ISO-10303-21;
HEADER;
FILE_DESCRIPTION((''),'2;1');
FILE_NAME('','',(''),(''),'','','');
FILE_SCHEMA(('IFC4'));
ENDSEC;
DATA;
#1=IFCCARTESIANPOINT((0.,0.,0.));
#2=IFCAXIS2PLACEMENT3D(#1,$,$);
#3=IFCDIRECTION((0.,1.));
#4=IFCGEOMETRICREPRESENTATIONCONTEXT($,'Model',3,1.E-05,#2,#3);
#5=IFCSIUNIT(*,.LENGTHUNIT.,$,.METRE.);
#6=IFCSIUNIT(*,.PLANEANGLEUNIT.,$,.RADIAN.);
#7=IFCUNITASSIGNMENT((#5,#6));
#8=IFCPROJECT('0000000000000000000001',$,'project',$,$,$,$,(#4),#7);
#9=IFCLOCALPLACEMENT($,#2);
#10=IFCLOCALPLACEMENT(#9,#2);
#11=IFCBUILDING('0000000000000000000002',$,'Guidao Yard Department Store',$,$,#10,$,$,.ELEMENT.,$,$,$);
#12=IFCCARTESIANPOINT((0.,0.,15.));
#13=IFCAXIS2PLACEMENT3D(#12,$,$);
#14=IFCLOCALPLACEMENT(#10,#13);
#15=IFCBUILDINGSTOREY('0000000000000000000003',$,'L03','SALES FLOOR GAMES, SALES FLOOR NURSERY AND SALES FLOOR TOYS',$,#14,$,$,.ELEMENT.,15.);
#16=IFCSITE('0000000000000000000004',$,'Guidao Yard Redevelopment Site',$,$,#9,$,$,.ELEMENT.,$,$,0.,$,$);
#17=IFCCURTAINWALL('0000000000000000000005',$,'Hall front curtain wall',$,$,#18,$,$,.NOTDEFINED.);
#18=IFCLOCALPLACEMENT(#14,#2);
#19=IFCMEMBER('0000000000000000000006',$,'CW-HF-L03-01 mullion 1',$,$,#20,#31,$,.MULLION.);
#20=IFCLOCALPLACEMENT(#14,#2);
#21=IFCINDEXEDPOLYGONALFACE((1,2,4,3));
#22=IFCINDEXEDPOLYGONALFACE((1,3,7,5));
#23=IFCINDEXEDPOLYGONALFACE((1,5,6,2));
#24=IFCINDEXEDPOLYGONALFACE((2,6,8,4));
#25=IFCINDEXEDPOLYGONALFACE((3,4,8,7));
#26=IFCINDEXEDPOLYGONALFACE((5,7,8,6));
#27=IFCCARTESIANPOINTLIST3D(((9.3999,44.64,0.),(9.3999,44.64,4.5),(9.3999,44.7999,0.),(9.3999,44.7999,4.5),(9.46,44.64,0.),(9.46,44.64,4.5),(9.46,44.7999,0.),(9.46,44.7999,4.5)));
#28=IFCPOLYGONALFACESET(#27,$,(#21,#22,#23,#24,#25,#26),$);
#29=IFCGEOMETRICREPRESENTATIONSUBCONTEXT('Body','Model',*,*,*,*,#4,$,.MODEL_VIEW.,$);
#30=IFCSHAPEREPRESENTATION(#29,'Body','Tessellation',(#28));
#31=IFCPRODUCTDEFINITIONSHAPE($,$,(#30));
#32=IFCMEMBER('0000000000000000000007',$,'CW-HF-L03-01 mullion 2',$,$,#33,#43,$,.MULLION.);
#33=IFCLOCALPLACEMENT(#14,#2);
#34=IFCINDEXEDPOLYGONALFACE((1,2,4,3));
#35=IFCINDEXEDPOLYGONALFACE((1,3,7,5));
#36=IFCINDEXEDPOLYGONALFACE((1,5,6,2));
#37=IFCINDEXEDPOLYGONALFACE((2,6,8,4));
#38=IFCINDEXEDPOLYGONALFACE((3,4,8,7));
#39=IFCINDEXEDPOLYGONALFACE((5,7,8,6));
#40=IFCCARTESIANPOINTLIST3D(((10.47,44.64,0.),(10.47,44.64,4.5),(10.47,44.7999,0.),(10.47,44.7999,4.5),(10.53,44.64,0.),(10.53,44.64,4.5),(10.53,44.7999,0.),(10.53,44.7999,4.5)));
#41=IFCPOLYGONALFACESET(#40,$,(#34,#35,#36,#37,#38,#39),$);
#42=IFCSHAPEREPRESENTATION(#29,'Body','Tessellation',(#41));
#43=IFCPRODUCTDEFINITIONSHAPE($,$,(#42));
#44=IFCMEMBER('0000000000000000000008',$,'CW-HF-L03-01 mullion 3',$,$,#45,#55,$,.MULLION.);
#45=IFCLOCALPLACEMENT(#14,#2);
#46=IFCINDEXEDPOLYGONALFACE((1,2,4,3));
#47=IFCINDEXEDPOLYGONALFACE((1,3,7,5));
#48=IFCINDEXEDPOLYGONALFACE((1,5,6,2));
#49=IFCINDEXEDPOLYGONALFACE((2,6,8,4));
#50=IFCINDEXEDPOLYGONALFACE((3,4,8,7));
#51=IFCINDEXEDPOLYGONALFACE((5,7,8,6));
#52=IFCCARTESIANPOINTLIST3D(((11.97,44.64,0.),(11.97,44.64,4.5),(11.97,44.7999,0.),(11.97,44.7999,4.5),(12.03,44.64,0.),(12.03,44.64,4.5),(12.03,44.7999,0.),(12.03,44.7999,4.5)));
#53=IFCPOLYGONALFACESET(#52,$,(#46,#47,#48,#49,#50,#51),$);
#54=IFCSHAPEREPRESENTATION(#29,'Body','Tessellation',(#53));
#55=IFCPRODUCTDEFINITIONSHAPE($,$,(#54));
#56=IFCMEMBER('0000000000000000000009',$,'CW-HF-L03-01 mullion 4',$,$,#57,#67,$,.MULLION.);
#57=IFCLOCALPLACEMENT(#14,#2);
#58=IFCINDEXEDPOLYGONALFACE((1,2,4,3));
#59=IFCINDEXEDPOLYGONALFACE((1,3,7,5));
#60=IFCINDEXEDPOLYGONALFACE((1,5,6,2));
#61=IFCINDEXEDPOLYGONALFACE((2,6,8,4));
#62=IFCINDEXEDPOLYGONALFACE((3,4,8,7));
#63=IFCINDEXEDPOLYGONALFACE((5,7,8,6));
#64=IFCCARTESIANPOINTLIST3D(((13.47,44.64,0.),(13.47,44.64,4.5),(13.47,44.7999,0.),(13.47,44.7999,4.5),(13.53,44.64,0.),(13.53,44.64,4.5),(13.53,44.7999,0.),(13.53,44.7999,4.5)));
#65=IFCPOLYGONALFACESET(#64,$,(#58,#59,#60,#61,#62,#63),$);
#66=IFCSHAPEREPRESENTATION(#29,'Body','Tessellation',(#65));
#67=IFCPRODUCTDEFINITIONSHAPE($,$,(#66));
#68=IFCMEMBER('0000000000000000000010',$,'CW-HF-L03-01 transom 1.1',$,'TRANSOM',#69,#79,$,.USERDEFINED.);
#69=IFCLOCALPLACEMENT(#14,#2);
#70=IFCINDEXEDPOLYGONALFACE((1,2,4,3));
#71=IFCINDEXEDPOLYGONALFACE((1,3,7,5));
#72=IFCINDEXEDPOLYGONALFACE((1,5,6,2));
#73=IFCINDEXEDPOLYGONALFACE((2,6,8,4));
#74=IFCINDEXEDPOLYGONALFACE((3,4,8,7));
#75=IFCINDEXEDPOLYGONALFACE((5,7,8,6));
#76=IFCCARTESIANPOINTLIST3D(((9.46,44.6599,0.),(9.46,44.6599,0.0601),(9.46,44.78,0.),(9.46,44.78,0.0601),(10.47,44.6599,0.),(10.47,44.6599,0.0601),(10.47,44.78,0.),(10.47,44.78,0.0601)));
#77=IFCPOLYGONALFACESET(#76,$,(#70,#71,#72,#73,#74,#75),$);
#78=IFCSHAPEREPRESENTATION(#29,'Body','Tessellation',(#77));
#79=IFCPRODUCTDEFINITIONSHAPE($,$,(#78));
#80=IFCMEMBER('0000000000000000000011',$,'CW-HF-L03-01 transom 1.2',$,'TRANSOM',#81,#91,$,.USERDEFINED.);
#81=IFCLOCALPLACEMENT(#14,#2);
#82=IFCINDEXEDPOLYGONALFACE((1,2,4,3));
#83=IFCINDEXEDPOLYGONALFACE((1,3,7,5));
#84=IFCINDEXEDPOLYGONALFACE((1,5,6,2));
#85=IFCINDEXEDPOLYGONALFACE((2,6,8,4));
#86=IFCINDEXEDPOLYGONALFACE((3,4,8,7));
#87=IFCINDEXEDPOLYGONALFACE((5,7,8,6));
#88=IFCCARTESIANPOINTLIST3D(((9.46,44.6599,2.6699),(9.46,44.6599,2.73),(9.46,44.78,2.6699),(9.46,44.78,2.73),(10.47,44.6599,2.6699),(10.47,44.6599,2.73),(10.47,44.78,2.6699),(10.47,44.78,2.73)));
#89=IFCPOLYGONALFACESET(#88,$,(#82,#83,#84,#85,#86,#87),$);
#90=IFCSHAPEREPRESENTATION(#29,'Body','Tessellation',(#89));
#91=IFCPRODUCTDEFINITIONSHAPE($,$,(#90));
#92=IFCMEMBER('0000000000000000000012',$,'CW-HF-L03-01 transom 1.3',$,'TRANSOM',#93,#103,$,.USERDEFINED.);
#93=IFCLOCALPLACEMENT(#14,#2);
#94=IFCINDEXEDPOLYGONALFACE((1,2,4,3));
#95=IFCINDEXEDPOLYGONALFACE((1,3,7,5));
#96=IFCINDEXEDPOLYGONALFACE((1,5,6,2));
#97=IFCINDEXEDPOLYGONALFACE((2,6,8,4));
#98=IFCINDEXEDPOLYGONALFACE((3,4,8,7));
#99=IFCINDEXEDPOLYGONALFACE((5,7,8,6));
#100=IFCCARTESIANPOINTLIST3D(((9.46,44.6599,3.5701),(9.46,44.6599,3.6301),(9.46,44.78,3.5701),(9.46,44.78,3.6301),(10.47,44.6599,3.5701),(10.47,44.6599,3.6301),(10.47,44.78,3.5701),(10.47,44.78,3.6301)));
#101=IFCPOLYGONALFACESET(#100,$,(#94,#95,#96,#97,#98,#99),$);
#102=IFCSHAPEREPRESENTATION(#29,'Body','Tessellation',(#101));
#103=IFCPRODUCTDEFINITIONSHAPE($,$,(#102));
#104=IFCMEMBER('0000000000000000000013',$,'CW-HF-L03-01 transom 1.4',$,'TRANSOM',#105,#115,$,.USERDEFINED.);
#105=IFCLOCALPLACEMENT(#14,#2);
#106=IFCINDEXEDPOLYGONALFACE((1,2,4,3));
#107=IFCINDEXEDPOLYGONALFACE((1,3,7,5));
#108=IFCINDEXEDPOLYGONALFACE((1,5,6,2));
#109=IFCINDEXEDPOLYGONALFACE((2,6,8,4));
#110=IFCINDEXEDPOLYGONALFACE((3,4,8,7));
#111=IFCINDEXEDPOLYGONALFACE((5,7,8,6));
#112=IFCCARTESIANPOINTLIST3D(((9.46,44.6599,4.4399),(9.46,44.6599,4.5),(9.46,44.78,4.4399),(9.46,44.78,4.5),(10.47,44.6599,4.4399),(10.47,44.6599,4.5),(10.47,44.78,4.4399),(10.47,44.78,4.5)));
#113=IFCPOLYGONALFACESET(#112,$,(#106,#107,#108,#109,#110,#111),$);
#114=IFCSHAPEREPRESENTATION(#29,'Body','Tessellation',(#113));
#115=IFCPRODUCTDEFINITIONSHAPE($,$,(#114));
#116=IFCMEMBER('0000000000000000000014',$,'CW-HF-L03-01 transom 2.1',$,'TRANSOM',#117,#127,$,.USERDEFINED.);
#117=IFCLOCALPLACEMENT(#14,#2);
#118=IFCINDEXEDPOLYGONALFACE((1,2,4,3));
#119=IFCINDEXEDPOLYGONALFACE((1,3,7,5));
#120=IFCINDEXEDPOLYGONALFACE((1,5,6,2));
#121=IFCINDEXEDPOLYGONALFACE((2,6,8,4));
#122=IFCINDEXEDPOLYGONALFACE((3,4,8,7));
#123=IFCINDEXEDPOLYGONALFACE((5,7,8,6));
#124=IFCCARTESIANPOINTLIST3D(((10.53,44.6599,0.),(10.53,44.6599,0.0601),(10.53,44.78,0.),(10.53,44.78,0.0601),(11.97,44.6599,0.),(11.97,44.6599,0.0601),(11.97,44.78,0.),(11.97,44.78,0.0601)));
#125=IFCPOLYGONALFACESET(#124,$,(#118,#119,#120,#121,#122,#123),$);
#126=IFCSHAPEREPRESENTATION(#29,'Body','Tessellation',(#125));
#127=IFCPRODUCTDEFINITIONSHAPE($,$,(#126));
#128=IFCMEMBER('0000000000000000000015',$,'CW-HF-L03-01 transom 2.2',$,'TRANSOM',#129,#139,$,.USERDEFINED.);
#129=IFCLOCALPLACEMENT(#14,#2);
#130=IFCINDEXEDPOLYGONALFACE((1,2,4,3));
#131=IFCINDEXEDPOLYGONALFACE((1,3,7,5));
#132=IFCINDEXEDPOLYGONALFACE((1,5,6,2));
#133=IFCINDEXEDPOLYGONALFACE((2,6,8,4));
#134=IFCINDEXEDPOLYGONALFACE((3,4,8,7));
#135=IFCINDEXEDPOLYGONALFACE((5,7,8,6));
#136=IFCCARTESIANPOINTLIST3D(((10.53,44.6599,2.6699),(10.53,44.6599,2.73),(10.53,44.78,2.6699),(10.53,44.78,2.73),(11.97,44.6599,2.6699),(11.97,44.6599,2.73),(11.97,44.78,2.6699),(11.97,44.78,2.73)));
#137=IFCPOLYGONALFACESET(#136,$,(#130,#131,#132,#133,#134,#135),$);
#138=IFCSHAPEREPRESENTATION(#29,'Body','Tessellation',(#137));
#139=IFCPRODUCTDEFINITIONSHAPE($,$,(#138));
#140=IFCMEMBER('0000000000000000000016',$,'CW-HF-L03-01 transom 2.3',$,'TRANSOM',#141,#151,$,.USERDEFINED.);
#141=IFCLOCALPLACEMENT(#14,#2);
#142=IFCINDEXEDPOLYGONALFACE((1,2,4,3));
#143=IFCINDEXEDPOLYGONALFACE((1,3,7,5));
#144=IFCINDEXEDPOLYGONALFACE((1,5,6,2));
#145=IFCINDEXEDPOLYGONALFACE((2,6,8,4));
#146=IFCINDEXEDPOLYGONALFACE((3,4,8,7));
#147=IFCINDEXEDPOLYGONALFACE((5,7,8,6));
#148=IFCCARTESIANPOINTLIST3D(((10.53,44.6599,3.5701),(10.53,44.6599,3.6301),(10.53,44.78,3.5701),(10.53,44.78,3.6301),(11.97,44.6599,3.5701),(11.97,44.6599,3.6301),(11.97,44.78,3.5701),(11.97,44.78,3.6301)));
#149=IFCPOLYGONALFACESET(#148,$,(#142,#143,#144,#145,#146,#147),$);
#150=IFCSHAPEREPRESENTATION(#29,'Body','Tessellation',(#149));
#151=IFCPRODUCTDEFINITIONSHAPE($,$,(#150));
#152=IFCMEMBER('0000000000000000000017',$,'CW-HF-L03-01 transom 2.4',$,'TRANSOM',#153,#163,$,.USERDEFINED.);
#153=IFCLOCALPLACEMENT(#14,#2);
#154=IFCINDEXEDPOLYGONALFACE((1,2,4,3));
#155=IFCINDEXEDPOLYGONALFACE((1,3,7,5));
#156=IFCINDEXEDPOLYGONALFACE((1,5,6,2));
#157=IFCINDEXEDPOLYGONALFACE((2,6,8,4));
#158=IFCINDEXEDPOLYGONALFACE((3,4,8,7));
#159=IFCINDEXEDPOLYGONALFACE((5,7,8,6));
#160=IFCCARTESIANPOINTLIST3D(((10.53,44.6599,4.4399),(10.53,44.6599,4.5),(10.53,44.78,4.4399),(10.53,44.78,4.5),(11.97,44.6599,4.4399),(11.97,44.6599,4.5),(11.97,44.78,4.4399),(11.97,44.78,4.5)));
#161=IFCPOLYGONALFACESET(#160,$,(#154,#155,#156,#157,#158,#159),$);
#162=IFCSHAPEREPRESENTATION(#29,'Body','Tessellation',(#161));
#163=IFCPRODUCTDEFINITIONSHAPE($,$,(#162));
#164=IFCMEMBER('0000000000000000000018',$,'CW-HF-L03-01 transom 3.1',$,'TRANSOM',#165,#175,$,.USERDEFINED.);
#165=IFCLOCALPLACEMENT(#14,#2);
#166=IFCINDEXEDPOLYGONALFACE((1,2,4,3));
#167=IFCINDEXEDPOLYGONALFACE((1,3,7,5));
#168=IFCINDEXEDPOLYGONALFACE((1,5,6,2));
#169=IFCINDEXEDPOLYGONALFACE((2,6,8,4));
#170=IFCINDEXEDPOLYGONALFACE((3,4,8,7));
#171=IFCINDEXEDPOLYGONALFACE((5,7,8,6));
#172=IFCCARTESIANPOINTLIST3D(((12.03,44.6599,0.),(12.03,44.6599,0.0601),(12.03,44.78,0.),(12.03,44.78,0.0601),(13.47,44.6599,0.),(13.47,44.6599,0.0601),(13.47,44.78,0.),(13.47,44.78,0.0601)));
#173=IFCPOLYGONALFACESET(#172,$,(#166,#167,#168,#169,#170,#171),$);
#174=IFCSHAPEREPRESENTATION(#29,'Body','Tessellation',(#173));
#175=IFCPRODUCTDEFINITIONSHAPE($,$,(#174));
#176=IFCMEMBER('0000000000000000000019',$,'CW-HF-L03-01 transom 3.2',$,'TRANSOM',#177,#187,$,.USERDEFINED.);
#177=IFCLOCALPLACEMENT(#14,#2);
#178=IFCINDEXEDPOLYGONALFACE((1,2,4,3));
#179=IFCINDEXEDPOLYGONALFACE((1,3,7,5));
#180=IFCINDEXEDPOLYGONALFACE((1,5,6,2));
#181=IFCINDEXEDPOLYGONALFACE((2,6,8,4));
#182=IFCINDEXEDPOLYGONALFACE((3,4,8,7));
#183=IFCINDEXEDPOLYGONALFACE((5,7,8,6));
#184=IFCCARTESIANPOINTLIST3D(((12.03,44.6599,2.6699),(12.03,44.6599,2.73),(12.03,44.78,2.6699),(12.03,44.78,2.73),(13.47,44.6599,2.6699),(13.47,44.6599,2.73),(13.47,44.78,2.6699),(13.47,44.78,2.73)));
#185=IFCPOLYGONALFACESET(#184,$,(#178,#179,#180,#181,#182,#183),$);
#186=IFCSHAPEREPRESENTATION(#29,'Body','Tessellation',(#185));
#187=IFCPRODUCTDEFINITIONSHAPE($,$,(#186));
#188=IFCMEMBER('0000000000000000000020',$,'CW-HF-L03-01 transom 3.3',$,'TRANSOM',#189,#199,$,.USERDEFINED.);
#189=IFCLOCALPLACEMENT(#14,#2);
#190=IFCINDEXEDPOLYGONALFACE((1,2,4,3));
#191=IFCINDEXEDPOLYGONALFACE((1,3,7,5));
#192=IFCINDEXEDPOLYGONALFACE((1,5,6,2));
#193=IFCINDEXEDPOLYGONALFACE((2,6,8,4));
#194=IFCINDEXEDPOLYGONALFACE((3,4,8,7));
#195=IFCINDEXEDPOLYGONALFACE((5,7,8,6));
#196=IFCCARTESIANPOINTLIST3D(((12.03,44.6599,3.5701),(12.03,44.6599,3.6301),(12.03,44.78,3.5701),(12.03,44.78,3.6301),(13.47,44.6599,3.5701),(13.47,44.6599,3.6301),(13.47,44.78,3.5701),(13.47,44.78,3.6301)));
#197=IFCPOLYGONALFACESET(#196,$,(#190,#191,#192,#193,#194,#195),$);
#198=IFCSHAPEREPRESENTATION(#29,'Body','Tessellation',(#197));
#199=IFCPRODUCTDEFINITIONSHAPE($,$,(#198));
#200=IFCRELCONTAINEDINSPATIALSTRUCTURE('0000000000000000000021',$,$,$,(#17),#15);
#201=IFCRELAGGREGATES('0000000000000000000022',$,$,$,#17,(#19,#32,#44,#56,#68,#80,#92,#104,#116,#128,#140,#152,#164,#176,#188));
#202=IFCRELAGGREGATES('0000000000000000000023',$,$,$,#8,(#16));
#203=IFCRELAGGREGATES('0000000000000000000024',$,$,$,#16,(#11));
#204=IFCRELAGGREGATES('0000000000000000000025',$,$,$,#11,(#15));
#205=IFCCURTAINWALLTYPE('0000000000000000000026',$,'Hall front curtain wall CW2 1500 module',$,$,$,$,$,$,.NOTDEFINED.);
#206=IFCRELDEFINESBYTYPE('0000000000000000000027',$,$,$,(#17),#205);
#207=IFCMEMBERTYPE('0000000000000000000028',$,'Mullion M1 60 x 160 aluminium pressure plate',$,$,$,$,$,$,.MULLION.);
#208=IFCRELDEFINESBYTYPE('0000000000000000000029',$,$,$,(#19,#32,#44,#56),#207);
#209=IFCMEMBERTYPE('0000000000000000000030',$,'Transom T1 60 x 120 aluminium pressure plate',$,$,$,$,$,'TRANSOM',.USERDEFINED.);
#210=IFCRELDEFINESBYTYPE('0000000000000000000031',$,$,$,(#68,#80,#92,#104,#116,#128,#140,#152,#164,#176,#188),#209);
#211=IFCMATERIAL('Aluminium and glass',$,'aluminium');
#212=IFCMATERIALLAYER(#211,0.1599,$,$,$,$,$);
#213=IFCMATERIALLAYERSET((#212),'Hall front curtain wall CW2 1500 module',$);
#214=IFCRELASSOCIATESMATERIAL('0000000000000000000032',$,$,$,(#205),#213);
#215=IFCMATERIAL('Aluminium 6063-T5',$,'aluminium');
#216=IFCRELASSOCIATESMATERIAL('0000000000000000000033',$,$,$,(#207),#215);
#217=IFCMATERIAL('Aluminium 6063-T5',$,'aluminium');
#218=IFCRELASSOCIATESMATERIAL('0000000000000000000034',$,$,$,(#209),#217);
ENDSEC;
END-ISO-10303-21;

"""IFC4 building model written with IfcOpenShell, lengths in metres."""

from ifc_helpers import new_model, si_unit, direction, frame, origin, origin_2d, place, context, subcontext, project, spatial, rectangle, extrude, material, layer, layer_set, material_profile, profile_set, type_object, element, aggregate, save


model = new_model("IFC4")

# Units and contexts
model_context = context("Model", 3, precision=1e-05, world=origin(), true_north=direction((0.0, 1.0)))
body_context = subcontext(model_context, "Body", "Model", "MODEL_VIEW")
ifc_project = project(units=[si_unit("LENGTHUNIT", "METRE"), si_unit("PLANEANGLEUNIT", "RADIAN")], contexts=[model_context])

# Site, building, storey
site_placement = place(None, origin())
site = spatial("IfcSite", under=ifc_project, at=site_placement, Name="Guidao Yard Redevelopment Site", CompositionType="ELEMENT", RefElevation=0.0)
building_placement = place(site_placement, origin())
building = spatial("IfcBuilding", under=site, at=building_placement, Name="Guidao Yard Department Store", CompositionType="ELEMENT")
storey_placement = place(building_placement, frame((0.0, 0.0, 15.0)))
storey = spatial("IfcBuildingStorey", under=building, at=storey_placement, Name="L03", Description="SALES FLOOR GAMES, SALES FLOOR NURSERY AND SALES FLOOR TOYS", CompositionType="ELEMENT", Elevation=15.0)

# Curtain wall, members
ifc_material_1 = material(Name="Aluminium and glass", Category="aluminium")
ifc_layer_1 = layer(ifc_material_1, 0.1599)
ifc_layer_set_1 = layer_set([ifc_layer_1], Name="Hall front curtain wall CW2 1500 module")
curtain_wall_type = type_object("IfcCurtainWallType", Name="Hall front curtain wall CW2 1500 module", PredefinedType="NOTDEFINED", material=ifc_layer_set_1)
curtain_wall_placement = place(storey_placement, origin())
curtain_wall = element("IfcCurtainWall", 1, at=curtain_wall_placement, inside=storey, type_object=curtain_wall_type, Name="Hall front curtain wall", PredefinedType="NOTDEFINED")
ifc_material_2 = material(Name="Aluminium 6063-T5", Category="aluminium")
ifc_material_profile_1 = material_profile(ifc_material_2, rectangle(XDim=0.0601, YDim=0.1599, at=origin_2d()), Name="Mullion M1 60 x 160 aluminium pressure plate")
ifc_profile_set_1 = profile_set([ifc_material_profile_1], Name="Aluminium 6063-T5")
member_type_1 = type_object("IfcMemberType", Name="Mullion M1 60 x 160 aluminium pressure plate", PredefinedType="MULLION", material=ifc_profile_set_1)
member_1_placement = place(storey_placement, frame((9.4299, 44.72, 0.0), z_axis=(0.0, 0.0, 1.0), x_axis=(-1.0, 0.0, 0.0)))
member_1 = element("IfcMember", 2, at=member_1_placement, type_object=member_type_1, Name="CW-HF-L03-01 mullion 1", PredefinedType="MULLION", context=body_context, shape_type="SweptSolid", body=[
    extrude(rectangle(XDim=0.0601, YDim=0.1599, at=origin_2d()), origin(), (0.0, 0.0, 1.0), 4.5),
])
member_2_placement = place(storey_placement, frame((10.5, 44.72, 0.0), z_axis=(0.0, 0.0, 1.0), x_axis=(-1.0, 0.0, 0.0)))
member_2 = element("IfcMember", 3, at=member_2_placement, type_object=member_type_1, Name="CW-HF-L03-01 mullion 2", PredefinedType="MULLION", context=body_context, shape_type="SweptSolid", body=[
    extrude(rectangle(XDim=0.0601, YDim=0.1599, at=origin_2d()), origin(), (0.0, 0.0, 1.0), 4.5),
])
member_3_placement = place(storey_placement, frame((12.0, 44.72, 0.0), z_axis=(0.0, 0.0, 1.0), x_axis=(-1.0, 0.0, 0.0)))
member_3 = element("IfcMember", 4, at=member_3_placement, type_object=member_type_1, Name="CW-HF-L03-01 mullion 3", PredefinedType="MULLION", context=body_context, shape_type="SweptSolid", body=[
    extrude(rectangle(XDim=0.0601, YDim=0.1599, at=origin_2d()), origin(), (0.0, 0.0, 1.0), 4.5),
])
member_4_placement = place(storey_placement, frame((13.5, 44.72, 0.0), z_axis=(0.0, 0.0, 1.0), x_axis=(-1.0, 0.0, 0.0)))
member_4 = element("IfcMember", 5, at=member_4_placement, type_object=member_type_1, Name="CW-HF-L03-01 mullion 4", PredefinedType="MULLION", context=body_context, shape_type="SweptSolid", body=[
    extrude(rectangle(XDim=0.0601, YDim=0.1599, at=origin_2d()), origin(), (0.0, 0.0, 1.0), 4.5),
])
ifc_material_3 = material(Name="Aluminium 6063-T5", Category="aluminium")
ifc_material_profile_2 = material_profile(ifc_material_3, rectangle(XDim=0.1201, YDim=0.0601, at=origin_2d()), Name="Transom T1 60 x 120 aluminium pressure plate")
ifc_profile_set_2 = profile_set([ifc_material_profile_2], Name="Aluminium 6063-T5")
member_type_2 = type_object("IfcMemberType", Name="Transom T1 60 x 120 aluminium pressure plate", ElementType="TRANSOM", PredefinedType="USERDEFINED", material=ifc_profile_set_2)
member_5_placement = place(storey_placement, frame((10.47, 44.72, 0.03), z_axis=(-1.0, 0.0, 0.0), x_axis=(0.0, -1.0, 0.0)))
member_5 = element("IfcMember", 6, at=member_5_placement, type_object=member_type_2, Name="CW-HF-L03-01 transom 1.1", ObjectType="TRANSOM", PredefinedType="USERDEFINED", context=body_context, shape_type="SweptSolid", body=[
    extrude(rectangle(XDim=0.1201, YDim=0.0601, at=origin_2d()), origin(), (0.0, 0.0, 1.0), 1.01),
])
member_6_placement = place(storey_placement, frame((10.47, 44.72, 2.7), z_axis=(-1.0, 0.0, 0.0), x_axis=(0.0, -1.0, 0.0)))
member_6 = element("IfcMember", 7, at=member_6_placement, type_object=member_type_2, Name="CW-HF-L03-01 transom 1.2", ObjectType="TRANSOM", PredefinedType="USERDEFINED", context=body_context, shape_type="SweptSolid", body=[
    extrude(rectangle(XDim=0.1201, YDim=0.0601, at=origin_2d()), origin(), (0.0, 0.0, 1.0), 1.01),
])
member_7_placement = place(storey_placement, frame((10.47, 44.72, 3.6001), z_axis=(-1.0, 0.0, 0.0), x_axis=(0.0, -1.0, 0.0)))
member_7 = element("IfcMember", 8, at=member_7_placement, type_object=member_type_2, Name="CW-HF-L03-01 transom 1.3", ObjectType="TRANSOM", PredefinedType="USERDEFINED", context=body_context, shape_type="SweptSolid", body=[
    extrude(rectangle(XDim=0.1201, YDim=0.0601, at=origin_2d()), origin(), (0.0, 0.0, 1.0), 1.01),
])
member_8_placement = place(storey_placement, frame((10.47, 44.72, 4.47), z_axis=(-1.0, 0.0, 0.0), x_axis=(0.0, -1.0, 0.0)))
member_8 = element("IfcMember", 9, at=member_8_placement, type_object=member_type_2, Name="CW-HF-L03-01 transom 1.4", ObjectType="TRANSOM", PredefinedType="USERDEFINED", context=body_context, shape_type="SweptSolid", body=[
    extrude(rectangle(XDim=0.1201, YDim=0.0601, at=origin_2d()), origin(), (0.0, 0.0, 1.0), 1.01),
])
member_9_placement = place(storey_placement, frame((11.97, 44.72, 0.03), z_axis=(-1.0, 0.0, 0.0), x_axis=(0.0, -1.0, 0.0)))
member_9 = element("IfcMember", 10, at=member_9_placement, type_object=member_type_2, Name="CW-HF-L03-01 transom 2.1", ObjectType="TRANSOM", PredefinedType="USERDEFINED", context=body_context, shape_type="SweptSolid", body=[
    extrude(rectangle(XDim=0.1201, YDim=0.0601, at=origin_2d()), origin(), (0.0, 0.0, 1.0), 1.4399),
])
member_10_placement = place(storey_placement, frame((11.97, 44.72, 2.7), z_axis=(-1.0, 0.0, 0.0), x_axis=(0.0, -1.0, 0.0)))
member_10 = element("IfcMember", 11, at=member_10_placement, type_object=member_type_2, Name="CW-HF-L03-01 transom 2.2", ObjectType="TRANSOM", PredefinedType="USERDEFINED", context=body_context, shape_type="SweptSolid", body=[
    extrude(rectangle(XDim=0.1201, YDim=0.0601, at=origin_2d()), origin(), (0.0, 0.0, 1.0), 1.4399),
])
member_11_placement = place(storey_placement, frame((11.97, 44.72, 3.6001), z_axis=(-1.0, 0.0, 0.0), x_axis=(0.0, -1.0, 0.0)))
member_11 = element("IfcMember", 12, at=member_11_placement, type_object=member_type_2, Name="CW-HF-L03-01 transom 2.3", ObjectType="TRANSOM", PredefinedType="USERDEFINED", context=body_context, shape_type="SweptSolid", body=[
    extrude(rectangle(XDim=0.1201, YDim=0.0601, at=origin_2d()), origin(), (0.0, 0.0, 1.0), 1.4399),
])
member_12_placement = place(storey_placement, frame((11.97, 44.72, 4.47), z_axis=(-1.0, 0.0, 0.0), x_axis=(0.0, -1.0, 0.0)))
member_12 = element("IfcMember", 13, at=member_12_placement, type_object=member_type_2, Name="CW-HF-L03-01 transom 2.4", ObjectType="TRANSOM", PredefinedType="USERDEFINED", context=body_context, shape_type="SweptSolid", body=[
    extrude(rectangle(XDim=0.1201, YDim=0.0601, at=origin_2d()), origin(), (0.0, 0.0, 1.0), 1.4399),
])
member_13_placement = place(storey_placement, frame((13.47, 44.72, 0.03), z_axis=(-1.0, 0.0, 0.0), x_axis=(0.0, -1.0, 0.0)))
member_13 = element("IfcMember", 14, at=member_13_placement, type_object=member_type_2, Name="CW-HF-L03-01 transom 3.1", ObjectType="TRANSOM", PredefinedType="USERDEFINED", context=body_context, shape_type="SweptSolid", body=[
    extrude(rectangle(XDim=0.1201, YDim=0.0601, at=origin_2d()), origin(), (0.0, 0.0, 1.0), 1.4399),
])
member_14_placement = place(storey_placement, frame((13.47, 44.72, 2.7), z_axis=(-1.0, 0.0, 0.0), x_axis=(0.0, -1.0, 0.0)))
member_14 = element("IfcMember", 15, at=member_14_placement, type_object=member_type_2, Name="CW-HF-L03-01 transom 3.2", ObjectType="TRANSOM", PredefinedType="USERDEFINED", context=body_context, shape_type="SweptSolid", body=[
    extrude(rectangle(XDim=0.1201, YDim=0.0601, at=origin_2d()), origin(), (0.0, 0.0, 1.0), 1.4399),
])
member_15_placement = place(storey_placement, frame((13.47, 44.72, 3.6001), z_axis=(-1.0, 0.0, 0.0), x_axis=(0.0, -1.0, 0.0)))
member_15 = element("IfcMember", 16, at=member_15_placement, type_object=member_type_2, Name="CW-HF-L03-01 transom 3.3", ObjectType="TRANSOM", PredefinedType="USERDEFINED", context=body_context, shape_type="SweptSolid", body=[
    extrude(rectangle(XDim=0.1201, YDim=0.0601, at=origin_2d()), origin(), (0.0, 0.0, 1.0), 1.4399),
])
aggregate(curtain_wall, [member_1, member_2, member_3, member_4, member_5, member_6, member_7, member_8, member_9, member_10, member_11, member_12, member_13, member_14, member_15])

save(model, "model.ifc")
